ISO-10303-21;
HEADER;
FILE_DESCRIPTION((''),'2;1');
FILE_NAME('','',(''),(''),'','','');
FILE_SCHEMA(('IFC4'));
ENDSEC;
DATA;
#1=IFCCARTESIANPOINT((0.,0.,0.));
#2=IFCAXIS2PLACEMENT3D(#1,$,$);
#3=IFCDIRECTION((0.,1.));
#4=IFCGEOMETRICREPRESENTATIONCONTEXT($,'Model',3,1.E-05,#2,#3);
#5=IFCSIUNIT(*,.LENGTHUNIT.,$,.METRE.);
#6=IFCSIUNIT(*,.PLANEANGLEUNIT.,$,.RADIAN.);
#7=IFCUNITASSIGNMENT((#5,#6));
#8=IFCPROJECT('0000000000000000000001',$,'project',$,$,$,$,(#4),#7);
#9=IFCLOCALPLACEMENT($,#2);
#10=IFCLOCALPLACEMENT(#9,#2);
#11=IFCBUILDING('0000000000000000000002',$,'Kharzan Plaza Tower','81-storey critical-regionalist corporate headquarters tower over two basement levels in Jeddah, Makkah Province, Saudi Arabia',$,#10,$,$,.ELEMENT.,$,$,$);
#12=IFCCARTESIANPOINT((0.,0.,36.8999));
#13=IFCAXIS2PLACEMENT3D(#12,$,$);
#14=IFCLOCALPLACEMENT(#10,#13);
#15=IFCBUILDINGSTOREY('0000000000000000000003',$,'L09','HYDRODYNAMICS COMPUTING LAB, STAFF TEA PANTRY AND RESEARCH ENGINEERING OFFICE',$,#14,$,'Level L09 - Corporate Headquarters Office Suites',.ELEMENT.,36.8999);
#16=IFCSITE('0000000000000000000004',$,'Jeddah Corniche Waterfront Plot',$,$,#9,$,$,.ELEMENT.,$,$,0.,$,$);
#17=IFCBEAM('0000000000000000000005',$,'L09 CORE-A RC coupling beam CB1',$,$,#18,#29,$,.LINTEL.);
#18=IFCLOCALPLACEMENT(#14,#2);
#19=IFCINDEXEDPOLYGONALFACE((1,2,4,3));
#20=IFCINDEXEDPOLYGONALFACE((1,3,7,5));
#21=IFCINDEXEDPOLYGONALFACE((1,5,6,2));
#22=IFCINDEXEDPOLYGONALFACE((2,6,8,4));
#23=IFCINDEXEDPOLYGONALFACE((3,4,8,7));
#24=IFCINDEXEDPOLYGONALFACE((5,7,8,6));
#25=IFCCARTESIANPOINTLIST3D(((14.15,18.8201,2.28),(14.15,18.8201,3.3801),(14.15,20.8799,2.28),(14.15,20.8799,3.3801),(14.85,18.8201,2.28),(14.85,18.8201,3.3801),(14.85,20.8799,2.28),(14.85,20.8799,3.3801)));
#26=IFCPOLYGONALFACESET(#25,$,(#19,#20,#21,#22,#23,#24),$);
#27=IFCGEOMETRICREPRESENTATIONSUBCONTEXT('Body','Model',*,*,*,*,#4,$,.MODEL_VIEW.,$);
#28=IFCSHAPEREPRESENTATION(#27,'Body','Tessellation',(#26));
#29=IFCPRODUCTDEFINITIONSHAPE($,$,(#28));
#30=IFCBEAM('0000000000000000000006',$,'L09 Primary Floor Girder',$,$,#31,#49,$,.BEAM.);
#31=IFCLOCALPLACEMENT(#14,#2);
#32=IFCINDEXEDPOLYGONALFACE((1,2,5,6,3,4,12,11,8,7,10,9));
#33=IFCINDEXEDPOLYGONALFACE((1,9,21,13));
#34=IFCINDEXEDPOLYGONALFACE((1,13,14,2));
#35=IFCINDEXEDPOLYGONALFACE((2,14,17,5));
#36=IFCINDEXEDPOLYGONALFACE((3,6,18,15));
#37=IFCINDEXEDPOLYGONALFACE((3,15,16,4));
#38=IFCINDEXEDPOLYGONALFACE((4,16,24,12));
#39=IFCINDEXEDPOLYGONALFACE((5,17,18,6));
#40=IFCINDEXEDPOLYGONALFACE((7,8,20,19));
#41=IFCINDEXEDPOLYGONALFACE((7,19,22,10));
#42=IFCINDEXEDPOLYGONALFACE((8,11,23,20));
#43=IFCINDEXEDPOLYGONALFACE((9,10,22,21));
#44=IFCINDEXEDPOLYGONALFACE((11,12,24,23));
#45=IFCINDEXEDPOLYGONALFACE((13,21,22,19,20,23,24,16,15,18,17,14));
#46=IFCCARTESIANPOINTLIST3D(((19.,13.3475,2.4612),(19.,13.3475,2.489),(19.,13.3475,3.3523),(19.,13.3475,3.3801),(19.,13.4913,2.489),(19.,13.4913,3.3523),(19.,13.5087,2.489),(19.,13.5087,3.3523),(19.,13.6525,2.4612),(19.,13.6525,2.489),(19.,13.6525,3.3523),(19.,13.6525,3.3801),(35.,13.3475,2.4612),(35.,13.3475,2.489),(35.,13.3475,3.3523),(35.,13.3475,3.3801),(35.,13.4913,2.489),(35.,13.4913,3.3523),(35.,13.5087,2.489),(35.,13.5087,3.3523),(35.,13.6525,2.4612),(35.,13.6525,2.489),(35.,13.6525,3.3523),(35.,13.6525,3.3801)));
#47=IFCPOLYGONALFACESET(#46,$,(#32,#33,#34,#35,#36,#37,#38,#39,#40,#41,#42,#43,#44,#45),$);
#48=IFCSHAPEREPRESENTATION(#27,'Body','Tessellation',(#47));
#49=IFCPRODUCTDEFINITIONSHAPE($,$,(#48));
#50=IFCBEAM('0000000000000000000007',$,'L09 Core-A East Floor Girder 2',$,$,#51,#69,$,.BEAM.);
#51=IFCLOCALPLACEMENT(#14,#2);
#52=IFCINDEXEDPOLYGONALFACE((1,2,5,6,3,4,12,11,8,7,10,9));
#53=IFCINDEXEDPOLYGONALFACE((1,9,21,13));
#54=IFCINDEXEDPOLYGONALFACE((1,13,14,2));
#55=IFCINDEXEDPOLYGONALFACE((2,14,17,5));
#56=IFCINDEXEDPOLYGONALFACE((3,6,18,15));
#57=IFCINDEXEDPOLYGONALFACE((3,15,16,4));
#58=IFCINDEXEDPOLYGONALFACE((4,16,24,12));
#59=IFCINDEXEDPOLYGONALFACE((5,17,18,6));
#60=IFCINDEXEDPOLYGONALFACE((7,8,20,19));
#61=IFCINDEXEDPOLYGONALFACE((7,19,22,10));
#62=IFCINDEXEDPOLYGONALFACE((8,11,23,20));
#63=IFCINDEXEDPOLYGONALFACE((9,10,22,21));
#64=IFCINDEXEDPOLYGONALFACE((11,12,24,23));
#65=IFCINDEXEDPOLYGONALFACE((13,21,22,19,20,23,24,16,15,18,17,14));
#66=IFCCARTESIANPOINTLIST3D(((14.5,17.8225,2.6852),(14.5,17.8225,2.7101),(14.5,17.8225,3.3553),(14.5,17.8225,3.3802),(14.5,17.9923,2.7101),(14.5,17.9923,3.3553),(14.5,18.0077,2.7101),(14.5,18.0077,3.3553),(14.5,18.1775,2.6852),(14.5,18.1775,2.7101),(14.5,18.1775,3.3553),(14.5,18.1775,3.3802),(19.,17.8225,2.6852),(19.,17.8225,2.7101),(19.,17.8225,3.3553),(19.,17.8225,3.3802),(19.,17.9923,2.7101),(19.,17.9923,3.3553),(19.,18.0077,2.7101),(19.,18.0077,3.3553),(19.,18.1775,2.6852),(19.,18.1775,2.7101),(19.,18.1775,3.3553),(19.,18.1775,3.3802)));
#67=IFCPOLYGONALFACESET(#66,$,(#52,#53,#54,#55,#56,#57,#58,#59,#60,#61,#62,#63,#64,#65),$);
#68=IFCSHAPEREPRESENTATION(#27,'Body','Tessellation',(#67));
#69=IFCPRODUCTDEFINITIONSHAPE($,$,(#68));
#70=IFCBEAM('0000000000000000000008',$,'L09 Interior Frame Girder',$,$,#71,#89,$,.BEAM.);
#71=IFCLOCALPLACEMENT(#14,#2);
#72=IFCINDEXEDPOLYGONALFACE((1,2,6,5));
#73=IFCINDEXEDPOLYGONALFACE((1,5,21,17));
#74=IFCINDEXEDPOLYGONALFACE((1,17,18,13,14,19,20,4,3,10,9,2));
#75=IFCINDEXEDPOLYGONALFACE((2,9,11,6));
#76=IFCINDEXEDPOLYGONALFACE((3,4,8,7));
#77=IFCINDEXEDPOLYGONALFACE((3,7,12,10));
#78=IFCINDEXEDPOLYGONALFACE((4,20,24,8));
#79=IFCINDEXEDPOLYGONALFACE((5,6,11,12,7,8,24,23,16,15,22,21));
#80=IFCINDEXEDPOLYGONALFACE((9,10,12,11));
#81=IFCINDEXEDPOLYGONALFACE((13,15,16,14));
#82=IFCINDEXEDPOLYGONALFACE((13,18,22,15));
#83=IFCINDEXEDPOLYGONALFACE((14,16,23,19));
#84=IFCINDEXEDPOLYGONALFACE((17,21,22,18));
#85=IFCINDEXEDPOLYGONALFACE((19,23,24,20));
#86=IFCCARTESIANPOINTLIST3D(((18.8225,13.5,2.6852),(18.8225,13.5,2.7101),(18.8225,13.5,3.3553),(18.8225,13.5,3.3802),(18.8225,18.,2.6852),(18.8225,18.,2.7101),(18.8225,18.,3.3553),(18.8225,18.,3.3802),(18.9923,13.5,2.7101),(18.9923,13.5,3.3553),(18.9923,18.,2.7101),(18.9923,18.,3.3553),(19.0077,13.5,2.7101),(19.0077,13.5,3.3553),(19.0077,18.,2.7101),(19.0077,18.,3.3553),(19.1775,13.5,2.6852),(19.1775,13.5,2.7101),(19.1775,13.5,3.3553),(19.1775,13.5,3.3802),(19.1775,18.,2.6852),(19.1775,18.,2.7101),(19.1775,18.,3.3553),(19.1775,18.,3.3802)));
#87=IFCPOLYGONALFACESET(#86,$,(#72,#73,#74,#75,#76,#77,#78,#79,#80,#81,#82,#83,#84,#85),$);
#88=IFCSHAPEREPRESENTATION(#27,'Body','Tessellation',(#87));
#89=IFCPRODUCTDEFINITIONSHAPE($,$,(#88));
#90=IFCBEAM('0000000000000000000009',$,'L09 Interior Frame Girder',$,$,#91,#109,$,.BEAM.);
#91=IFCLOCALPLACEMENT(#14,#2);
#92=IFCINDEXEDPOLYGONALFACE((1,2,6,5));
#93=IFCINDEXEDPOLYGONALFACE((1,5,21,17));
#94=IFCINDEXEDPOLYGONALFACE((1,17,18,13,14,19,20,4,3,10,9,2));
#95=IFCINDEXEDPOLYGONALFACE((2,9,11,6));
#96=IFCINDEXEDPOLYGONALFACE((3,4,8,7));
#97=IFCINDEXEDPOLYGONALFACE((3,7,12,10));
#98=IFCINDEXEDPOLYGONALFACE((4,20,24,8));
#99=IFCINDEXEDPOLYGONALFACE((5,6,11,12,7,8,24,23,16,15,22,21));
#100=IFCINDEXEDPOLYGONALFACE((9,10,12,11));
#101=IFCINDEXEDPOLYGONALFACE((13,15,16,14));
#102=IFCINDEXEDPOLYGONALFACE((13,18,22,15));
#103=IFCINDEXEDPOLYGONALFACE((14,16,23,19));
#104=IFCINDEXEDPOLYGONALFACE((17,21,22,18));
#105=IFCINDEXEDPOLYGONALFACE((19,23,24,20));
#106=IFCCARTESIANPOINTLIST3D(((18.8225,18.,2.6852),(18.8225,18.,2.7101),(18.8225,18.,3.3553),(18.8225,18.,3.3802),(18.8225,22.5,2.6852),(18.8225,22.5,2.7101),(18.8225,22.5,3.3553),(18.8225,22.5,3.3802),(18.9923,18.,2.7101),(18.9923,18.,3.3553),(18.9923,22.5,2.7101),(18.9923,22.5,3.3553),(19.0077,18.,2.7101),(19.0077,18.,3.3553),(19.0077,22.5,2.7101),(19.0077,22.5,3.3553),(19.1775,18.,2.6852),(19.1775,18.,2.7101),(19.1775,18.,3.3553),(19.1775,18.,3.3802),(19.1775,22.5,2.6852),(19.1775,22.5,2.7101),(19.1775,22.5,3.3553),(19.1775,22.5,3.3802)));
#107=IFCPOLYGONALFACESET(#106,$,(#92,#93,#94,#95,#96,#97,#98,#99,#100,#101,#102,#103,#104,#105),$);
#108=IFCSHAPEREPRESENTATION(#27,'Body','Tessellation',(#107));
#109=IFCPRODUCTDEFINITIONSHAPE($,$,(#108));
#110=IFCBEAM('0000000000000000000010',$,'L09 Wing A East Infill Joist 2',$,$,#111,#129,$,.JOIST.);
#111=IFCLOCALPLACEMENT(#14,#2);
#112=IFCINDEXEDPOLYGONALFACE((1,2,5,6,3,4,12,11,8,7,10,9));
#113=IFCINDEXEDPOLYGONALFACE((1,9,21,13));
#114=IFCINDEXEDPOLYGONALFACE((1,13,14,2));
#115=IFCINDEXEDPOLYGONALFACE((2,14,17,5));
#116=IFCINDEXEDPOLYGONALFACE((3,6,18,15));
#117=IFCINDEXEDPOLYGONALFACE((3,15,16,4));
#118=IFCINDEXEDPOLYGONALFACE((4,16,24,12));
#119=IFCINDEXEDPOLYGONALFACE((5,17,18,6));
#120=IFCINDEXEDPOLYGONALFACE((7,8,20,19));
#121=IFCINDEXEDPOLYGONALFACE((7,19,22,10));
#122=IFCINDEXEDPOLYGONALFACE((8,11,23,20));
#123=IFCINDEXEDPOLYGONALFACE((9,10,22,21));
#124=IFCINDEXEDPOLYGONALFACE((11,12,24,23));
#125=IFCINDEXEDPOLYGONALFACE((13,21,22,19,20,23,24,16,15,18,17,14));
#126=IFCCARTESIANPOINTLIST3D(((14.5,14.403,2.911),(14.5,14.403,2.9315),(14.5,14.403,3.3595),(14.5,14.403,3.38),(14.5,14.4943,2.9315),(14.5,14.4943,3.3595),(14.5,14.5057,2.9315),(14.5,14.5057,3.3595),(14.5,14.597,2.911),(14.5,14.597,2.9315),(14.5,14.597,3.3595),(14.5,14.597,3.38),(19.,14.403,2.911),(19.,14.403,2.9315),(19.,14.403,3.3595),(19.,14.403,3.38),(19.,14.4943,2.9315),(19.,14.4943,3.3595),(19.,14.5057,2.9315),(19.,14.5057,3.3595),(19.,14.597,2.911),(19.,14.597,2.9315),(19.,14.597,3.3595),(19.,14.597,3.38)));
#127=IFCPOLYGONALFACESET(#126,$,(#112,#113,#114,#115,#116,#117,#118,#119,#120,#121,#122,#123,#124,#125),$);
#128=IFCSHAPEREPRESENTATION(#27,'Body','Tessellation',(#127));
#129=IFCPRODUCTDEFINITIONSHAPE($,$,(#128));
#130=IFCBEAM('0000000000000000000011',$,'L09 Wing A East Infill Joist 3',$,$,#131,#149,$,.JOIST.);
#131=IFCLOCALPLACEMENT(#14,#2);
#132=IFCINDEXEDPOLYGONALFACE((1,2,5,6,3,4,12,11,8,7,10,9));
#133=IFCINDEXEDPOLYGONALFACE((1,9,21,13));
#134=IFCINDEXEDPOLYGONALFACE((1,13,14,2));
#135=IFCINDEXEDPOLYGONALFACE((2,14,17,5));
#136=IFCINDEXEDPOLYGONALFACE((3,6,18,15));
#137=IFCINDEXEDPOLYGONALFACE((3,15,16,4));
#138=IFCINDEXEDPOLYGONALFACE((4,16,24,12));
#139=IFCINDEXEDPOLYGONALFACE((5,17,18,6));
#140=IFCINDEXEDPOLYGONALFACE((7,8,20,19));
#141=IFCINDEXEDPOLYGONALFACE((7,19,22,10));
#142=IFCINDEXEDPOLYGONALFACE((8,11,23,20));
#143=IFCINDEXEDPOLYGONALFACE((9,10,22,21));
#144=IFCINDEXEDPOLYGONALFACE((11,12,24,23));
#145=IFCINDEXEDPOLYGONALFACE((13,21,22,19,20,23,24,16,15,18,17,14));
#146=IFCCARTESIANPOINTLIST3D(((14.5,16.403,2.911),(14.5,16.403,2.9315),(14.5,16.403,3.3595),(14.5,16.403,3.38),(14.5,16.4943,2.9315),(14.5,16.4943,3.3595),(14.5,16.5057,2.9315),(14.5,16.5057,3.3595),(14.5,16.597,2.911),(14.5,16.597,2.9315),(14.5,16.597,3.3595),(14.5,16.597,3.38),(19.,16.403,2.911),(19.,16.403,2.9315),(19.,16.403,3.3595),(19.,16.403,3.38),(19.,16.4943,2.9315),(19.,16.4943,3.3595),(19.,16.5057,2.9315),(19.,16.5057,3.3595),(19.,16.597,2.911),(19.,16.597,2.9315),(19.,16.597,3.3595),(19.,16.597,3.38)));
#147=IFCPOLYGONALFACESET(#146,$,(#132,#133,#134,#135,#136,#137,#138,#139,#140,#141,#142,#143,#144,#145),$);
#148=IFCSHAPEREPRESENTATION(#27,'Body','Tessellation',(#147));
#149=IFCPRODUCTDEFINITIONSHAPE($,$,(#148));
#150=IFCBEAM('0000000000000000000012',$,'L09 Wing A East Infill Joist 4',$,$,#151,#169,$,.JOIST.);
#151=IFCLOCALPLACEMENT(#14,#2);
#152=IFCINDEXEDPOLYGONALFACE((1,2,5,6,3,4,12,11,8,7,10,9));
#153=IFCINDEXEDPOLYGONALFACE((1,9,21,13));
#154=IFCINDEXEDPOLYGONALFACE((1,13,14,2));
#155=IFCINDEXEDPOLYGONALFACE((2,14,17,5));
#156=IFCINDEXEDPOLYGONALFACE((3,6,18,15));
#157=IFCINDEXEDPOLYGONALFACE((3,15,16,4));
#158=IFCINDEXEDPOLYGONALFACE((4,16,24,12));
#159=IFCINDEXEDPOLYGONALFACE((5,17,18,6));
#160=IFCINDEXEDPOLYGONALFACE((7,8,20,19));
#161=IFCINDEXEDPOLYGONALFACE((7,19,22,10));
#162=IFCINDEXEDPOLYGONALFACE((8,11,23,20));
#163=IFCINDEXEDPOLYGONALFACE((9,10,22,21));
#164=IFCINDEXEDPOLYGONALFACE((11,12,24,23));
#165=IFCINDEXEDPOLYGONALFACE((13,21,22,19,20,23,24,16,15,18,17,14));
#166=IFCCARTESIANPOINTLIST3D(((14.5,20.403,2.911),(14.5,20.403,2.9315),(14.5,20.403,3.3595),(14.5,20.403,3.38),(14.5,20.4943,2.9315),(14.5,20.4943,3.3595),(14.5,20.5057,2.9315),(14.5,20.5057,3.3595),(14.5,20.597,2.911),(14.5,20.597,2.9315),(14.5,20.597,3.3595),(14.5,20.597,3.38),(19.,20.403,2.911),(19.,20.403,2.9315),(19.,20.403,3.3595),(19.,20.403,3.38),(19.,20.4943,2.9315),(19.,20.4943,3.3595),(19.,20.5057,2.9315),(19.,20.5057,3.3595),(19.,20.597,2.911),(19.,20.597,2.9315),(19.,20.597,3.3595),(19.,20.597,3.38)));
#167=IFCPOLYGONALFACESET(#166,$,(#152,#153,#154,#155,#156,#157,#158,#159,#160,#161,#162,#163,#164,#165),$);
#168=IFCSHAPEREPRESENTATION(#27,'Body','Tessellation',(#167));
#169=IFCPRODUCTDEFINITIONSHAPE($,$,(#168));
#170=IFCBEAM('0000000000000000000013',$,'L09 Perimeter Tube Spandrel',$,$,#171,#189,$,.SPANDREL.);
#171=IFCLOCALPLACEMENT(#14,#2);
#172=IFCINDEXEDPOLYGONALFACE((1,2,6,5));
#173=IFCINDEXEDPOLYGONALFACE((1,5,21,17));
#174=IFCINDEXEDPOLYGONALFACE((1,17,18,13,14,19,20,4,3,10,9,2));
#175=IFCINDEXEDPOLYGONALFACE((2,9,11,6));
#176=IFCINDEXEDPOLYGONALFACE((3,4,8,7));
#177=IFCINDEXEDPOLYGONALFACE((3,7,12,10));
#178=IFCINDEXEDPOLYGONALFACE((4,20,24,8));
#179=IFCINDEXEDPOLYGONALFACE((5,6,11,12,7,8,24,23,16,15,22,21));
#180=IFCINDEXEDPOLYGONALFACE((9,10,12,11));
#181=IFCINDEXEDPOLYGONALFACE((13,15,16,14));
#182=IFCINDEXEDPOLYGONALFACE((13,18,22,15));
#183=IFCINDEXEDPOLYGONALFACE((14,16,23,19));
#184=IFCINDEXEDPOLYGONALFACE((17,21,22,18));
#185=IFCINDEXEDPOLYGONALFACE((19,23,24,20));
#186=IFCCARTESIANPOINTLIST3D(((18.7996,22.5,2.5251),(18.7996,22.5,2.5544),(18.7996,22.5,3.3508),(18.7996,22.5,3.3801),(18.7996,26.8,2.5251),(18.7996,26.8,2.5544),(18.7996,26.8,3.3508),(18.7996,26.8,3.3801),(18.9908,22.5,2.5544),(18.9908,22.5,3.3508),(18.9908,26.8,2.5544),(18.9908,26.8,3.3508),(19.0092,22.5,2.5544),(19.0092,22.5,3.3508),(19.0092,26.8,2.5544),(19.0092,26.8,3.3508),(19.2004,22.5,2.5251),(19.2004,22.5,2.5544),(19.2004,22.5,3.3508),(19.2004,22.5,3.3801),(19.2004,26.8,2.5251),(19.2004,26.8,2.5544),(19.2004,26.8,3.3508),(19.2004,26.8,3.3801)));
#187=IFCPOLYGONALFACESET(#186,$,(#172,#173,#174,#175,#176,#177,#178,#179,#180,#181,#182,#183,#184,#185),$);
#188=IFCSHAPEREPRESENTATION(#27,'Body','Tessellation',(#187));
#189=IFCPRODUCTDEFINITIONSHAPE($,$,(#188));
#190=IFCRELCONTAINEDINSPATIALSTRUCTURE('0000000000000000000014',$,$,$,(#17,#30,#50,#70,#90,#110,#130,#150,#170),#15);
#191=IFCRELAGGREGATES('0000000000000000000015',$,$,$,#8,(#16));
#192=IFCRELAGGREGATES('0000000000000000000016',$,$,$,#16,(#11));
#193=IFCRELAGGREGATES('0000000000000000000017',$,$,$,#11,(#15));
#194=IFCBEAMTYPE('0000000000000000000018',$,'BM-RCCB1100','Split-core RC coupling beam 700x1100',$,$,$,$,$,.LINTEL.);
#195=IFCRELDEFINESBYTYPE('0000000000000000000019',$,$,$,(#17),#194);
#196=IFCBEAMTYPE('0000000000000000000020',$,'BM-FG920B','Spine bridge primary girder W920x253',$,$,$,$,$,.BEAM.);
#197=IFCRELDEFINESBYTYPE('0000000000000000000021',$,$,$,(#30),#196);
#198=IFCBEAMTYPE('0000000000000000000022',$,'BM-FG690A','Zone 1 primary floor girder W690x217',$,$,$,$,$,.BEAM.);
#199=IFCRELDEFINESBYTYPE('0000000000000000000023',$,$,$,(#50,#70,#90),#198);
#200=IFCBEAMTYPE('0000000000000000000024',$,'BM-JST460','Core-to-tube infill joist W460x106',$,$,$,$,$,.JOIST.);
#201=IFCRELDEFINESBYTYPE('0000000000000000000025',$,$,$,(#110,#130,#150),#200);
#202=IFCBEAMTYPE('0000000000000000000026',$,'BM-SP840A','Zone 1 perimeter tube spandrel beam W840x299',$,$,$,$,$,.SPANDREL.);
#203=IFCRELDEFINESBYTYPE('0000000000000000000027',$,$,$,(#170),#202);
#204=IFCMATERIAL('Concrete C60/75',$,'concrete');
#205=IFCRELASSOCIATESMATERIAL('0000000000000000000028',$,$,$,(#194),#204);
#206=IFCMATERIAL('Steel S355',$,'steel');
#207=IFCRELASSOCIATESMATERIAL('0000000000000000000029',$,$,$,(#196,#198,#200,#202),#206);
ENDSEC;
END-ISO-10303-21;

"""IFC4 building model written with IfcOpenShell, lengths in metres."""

from ifc_helpers import new_model, si_unit, direction, frame, origin, origin_2d, place, context, subcontext, project, spatial, rectangle, i_section, extrude, source, transform, mapped, material, material_profile, profile_set, type_object, element, save


model = new_model("IFC4")

# Units and contexts
model_context = context("Model", 3, precision=1e-05, world=origin(), true_north=direction((0.0, 1.0)))
body_context = subcontext(model_context, "Body", "Model", "MODEL_VIEW")
ifc_project = project(units=[si_unit("LENGTHUNIT", "METRE"), si_unit("PLANEANGLEUNIT", "RADIAN")], contexts=[model_context])

# Site, building, storey
site_placement = place(None, origin())
site = spatial("IfcSite", under=ifc_project, at=site_placement, Name="Jeddah Corniche Waterfront Plot", CompositionType="ELEMENT", RefElevation=0.0)
building_placement = place(site_placement, origin())
building = spatial("IfcBuilding", under=site, at=building_placement, Name="Kharzan Plaza Tower", Description="81-storey critical-regionalist corporate headquarters tower over two basement levels in Jeddah, Makkah Province, Saudi Arabia", CompositionType="ELEMENT")
storey_placement = place(building_placement, frame((0.0, 0.0, 36.8999)))
storey = spatial("IfcBuildingStorey", under=building, at=storey_placement, Name="L09", Description="HYDRODYNAMICS COMPUTING LAB, STAFF TEA PANTRY AND RESEARCH ENGINEERING OFFICE", LongName="Level L09 - Corporate Headquarters Office Suites", CompositionType="ELEMENT", Elevation=36.8999)

# Beams
ifc_material_1 = material(Name="Concrete C60/75", Category="concrete")
ifc_material_profile_1 = material_profile(ifc_material_1, rectangle(XDim=0.7, YDim=1.1001, at=origin_2d()), Name="RC-CB1100x700")
ifc_profile_set_1 = profile_set([ifc_material_profile_1], Name="Concrete C60/75")
beam_type_1 = type_object("IfcBeamType", Name="BM-RCCB1100", Description="Split-core RC coupling beam 700x1100", PredefinedType="LINTEL", material=ifc_profile_set_1)
shared_shape_1 = source(origin(), body_context, "Body", "SweptSolid", [
    extrude(rectangle(XDim=0.7, YDim=1.1001, at=origin_2d()), origin(), (0.0, 0.0, 1.0), 2.0598),
])
beam_1_placement = place(storey_placement, frame((14.5, 18.8201, 2.8301), z_axis=(0.0, 1.0, 0.0), x_axis=(-1.0, 0.0, 0.0)))
element("IfcBeam", 1, at=beam_1_placement, inside=storey, type_object=beam_type_1, Name="L09 CORE-A RC coupling beam CB1", PredefinedType="LINTEL", context=body_context, shape_type="MappedRepresentation", body=[
    mapped(shared_shape_1, transform((0.0, 0.0, 0.0), x_axis=(1.0, 0.0, 0.0), y_axis=(0.0, 1.0, 0.0), z_axis=(0.0, 0.0, 1.0))),
])
ifc_material_2 = material(Name="Steel S355", Category="steel")
ifc_material_profile_2 = material_profile(ifc_material_2, i_section(OverallWidth=0.3049, OverallDepth=0.9189, WebThickness=0.0173, FlangeThickness=0.0278, at=origin_2d()), Name="W920x253")
ifc_profile_set_2 = profile_set([ifc_material_profile_2], Name="Steel S355")
beam_type_2 = type_object("IfcBeamType", Name="BM-FG920B", Description="Spine bridge primary girder W920x253", PredefinedType="BEAM", material=ifc_profile_set_2)
shared_shape_2 = source(origin(), body_context, "Body", "SweptSolid", [
    extrude(i_section(OverallWidth=0.3049, OverallDepth=0.9189, WebThickness=0.0173, FlangeThickness=0.0278, at=origin_2d()), origin(), (0.0, 0.0, 1.0), 16.0),
])
beam_2_placement = place(storey_placement, frame((19.0, 13.5, 2.9207), z_axis=(1.0, 0.0, 0.0), x_axis=(0.0, 1.0, 0.0)))
element("IfcBeam", 2, at=beam_2_placement, inside=storey, type_object=beam_type_2, Name="L09 Primary Floor Girder", PredefinedType="BEAM", context=body_context, shape_type="MappedRepresentation", body=[
    mapped(shared_shape_2, transform((0.0, 0.0, 0.0), x_axis=(1.0, 0.0, 0.0), y_axis=(0.0, 1.0, 0.0), z_axis=(0.0, 0.0, 1.0))),
])
ifc_material_profile_3 = material_profile(ifc_material_2, i_section(OverallWidth=0.355, OverallDepth=0.6951, WebThickness=0.0154, FlangeThickness=0.0249, at=origin_2d()), Name="W690x217")
ifc_profile_set_3 = profile_set([ifc_material_profile_3], Name="Steel S355")
beam_type_3 = type_object("IfcBeamType", Name="BM-FG690A", Description="Zone 1 primary floor girder W690x217", PredefinedType="BEAM", material=ifc_profile_set_3)
shared_shape_3 = source(origin(), body_context, "Body", "SweptSolid", [
    extrude(i_section(OverallWidth=0.355, OverallDepth=0.6951, WebThickness=0.0154, FlangeThickness=0.0249, at=origin_2d()), origin(), (0.0, 0.0, 1.0), 4.5),
])
for number, where, z_axis, x_axis, name in (
    (3, (14.5, 18.0, 3.0327), (1.0, 0.0, 0.0), (0.0, 1.0, 0.0), "L09 Core-A East Floor Girder 2"),
    (4, (19.0, 13.5, 3.0327), (0.0, 1.0, 0.0), (-1.0, 0.0, 0.0), "L09 Interior Frame Girder"),
    (5, (19.0, 18.0, 3.0327), (0.0, 1.0, 0.0), (-1.0, 0.0, 0.0), "L09 Interior Frame Girder"),
):
    element("IfcBeam", number, at=place(storey_placement, frame(where, z_axis=z_axis, x_axis=x_axis)), inside=storey, type_object=beam_type_3, Name=name, PredefinedType="BEAM", context=body_context, shape_type="MappedRepresentation", body=[
        mapped(shared_shape_3, transform((0.0, 0.0, 0.0), x_axis=(1.0, 0.0, 0.0), y_axis=(0.0, 1.0, 0.0), z_axis=(0.0, 0.0, 1.0))),
    ])
ifc_material_profile_4 = material_profile(ifc_material_2, i_section(OverallWidth=0.1941, OverallDepth=0.469, WebThickness=0.0115, FlangeThickness=0.0205, at=origin_2d()), Name="W460x106")
ifc_profile_set_4 = profile_set([ifc_material_profile_4], Name="Steel S355")
beam_type_4 = type_object("IfcBeamType", Name="BM-JST460", Description="Core-to-tube infill joist W460x106", PredefinedType="JOIST", material=ifc_profile_set_4)
shared_shape_4 = source(origin(), body_context, "Body", "SweptSolid", [
    extrude(i_section(OverallWidth=0.1941, OverallDepth=0.469, WebThickness=0.0115, FlangeThickness=0.0205, at=origin_2d()), origin(), (0.0, 0.0, 1.0), 4.5),
])
for number, where, z_axis, x_axis, name in (
    (6, (14.5, 14.5, 3.1455), (1.0, 0.0, 0.0), (0.0, 1.0, 0.0), "L09 Wing A East Infill Joist 2"),
    (7, (14.5, 16.5, 3.1455), (1.0, 0.0, 0.0), (0.0, 1.0, 0.0), "L09 Wing A East Infill Joist 3"),
    (8, (14.5, 20.5, 3.1455), (1.0, 0.0, 0.0), (0.0, 1.0, 0.0), "L09 Wing A East Infill Joist 4"),
):
    element("IfcBeam", number, at=place(storey_placement, frame(where, z_axis=z_axis, x_axis=x_axis)), inside=storey, type_object=beam_type_4, Name=name, PredefinedType="JOIST", context=body_context, shape_type="MappedRepresentation", body=[
        mapped(shared_shape_4, transform((0.0, 0.0, 0.0), x_axis=(1.0, 0.0, 0.0), y_axis=(0.0, 1.0, 0.0), z_axis=(0.0, 0.0, 1.0))),
    ])
ifc_material_profile_5 = material_profile(ifc_material_2, i_section(OverallWidth=0.4009, OverallDepth=0.855, WebThickness=0.0183, FlangeThickness=0.0293, at=origin_2d()), Name="W840x299")
ifc_profile_set_5 = profile_set([ifc_material_profile_5], Name="Steel S355")
beam_type_5 = type_object("IfcBeamType", Name="BM-SP840A", Description="Zone 1 perimeter tube spandrel beam W840x299", PredefinedType="SPANDREL", material=ifc_profile_set_5)
shared_shape_5 = source(origin(), body_context, "Body", "SweptSolid", [
    extrude(i_section(OverallWidth=0.4009, OverallDepth=0.855, WebThickness=0.0183, FlangeThickness=0.0293, at=origin_2d()), origin(), (0.0, 0.0, 1.0), 4.3),
])
beam_3_placement = place(storey_placement, frame((19.0, 22.5, 2.9526), z_axis=(0.0, 1.0, 0.0), x_axis=(-1.0, 0.0, 0.0)))
element("IfcBeam", 9, at=beam_3_placement, inside=storey, type_object=beam_type_5, Name="L09 Perimeter Tube Spandrel", PredefinedType="SPANDREL", context=body_context, shape_type="MappedRepresentation", body=[
    mapped(shared_shape_5, transform((0.0, 0.0, 0.0), x_axis=(1.0, 0.0, 0.0), y_axis=(0.0, 1.0, 0.0), z_axis=(0.0, 0.0, 1.0))),
])

save(model, "model.ifc")
